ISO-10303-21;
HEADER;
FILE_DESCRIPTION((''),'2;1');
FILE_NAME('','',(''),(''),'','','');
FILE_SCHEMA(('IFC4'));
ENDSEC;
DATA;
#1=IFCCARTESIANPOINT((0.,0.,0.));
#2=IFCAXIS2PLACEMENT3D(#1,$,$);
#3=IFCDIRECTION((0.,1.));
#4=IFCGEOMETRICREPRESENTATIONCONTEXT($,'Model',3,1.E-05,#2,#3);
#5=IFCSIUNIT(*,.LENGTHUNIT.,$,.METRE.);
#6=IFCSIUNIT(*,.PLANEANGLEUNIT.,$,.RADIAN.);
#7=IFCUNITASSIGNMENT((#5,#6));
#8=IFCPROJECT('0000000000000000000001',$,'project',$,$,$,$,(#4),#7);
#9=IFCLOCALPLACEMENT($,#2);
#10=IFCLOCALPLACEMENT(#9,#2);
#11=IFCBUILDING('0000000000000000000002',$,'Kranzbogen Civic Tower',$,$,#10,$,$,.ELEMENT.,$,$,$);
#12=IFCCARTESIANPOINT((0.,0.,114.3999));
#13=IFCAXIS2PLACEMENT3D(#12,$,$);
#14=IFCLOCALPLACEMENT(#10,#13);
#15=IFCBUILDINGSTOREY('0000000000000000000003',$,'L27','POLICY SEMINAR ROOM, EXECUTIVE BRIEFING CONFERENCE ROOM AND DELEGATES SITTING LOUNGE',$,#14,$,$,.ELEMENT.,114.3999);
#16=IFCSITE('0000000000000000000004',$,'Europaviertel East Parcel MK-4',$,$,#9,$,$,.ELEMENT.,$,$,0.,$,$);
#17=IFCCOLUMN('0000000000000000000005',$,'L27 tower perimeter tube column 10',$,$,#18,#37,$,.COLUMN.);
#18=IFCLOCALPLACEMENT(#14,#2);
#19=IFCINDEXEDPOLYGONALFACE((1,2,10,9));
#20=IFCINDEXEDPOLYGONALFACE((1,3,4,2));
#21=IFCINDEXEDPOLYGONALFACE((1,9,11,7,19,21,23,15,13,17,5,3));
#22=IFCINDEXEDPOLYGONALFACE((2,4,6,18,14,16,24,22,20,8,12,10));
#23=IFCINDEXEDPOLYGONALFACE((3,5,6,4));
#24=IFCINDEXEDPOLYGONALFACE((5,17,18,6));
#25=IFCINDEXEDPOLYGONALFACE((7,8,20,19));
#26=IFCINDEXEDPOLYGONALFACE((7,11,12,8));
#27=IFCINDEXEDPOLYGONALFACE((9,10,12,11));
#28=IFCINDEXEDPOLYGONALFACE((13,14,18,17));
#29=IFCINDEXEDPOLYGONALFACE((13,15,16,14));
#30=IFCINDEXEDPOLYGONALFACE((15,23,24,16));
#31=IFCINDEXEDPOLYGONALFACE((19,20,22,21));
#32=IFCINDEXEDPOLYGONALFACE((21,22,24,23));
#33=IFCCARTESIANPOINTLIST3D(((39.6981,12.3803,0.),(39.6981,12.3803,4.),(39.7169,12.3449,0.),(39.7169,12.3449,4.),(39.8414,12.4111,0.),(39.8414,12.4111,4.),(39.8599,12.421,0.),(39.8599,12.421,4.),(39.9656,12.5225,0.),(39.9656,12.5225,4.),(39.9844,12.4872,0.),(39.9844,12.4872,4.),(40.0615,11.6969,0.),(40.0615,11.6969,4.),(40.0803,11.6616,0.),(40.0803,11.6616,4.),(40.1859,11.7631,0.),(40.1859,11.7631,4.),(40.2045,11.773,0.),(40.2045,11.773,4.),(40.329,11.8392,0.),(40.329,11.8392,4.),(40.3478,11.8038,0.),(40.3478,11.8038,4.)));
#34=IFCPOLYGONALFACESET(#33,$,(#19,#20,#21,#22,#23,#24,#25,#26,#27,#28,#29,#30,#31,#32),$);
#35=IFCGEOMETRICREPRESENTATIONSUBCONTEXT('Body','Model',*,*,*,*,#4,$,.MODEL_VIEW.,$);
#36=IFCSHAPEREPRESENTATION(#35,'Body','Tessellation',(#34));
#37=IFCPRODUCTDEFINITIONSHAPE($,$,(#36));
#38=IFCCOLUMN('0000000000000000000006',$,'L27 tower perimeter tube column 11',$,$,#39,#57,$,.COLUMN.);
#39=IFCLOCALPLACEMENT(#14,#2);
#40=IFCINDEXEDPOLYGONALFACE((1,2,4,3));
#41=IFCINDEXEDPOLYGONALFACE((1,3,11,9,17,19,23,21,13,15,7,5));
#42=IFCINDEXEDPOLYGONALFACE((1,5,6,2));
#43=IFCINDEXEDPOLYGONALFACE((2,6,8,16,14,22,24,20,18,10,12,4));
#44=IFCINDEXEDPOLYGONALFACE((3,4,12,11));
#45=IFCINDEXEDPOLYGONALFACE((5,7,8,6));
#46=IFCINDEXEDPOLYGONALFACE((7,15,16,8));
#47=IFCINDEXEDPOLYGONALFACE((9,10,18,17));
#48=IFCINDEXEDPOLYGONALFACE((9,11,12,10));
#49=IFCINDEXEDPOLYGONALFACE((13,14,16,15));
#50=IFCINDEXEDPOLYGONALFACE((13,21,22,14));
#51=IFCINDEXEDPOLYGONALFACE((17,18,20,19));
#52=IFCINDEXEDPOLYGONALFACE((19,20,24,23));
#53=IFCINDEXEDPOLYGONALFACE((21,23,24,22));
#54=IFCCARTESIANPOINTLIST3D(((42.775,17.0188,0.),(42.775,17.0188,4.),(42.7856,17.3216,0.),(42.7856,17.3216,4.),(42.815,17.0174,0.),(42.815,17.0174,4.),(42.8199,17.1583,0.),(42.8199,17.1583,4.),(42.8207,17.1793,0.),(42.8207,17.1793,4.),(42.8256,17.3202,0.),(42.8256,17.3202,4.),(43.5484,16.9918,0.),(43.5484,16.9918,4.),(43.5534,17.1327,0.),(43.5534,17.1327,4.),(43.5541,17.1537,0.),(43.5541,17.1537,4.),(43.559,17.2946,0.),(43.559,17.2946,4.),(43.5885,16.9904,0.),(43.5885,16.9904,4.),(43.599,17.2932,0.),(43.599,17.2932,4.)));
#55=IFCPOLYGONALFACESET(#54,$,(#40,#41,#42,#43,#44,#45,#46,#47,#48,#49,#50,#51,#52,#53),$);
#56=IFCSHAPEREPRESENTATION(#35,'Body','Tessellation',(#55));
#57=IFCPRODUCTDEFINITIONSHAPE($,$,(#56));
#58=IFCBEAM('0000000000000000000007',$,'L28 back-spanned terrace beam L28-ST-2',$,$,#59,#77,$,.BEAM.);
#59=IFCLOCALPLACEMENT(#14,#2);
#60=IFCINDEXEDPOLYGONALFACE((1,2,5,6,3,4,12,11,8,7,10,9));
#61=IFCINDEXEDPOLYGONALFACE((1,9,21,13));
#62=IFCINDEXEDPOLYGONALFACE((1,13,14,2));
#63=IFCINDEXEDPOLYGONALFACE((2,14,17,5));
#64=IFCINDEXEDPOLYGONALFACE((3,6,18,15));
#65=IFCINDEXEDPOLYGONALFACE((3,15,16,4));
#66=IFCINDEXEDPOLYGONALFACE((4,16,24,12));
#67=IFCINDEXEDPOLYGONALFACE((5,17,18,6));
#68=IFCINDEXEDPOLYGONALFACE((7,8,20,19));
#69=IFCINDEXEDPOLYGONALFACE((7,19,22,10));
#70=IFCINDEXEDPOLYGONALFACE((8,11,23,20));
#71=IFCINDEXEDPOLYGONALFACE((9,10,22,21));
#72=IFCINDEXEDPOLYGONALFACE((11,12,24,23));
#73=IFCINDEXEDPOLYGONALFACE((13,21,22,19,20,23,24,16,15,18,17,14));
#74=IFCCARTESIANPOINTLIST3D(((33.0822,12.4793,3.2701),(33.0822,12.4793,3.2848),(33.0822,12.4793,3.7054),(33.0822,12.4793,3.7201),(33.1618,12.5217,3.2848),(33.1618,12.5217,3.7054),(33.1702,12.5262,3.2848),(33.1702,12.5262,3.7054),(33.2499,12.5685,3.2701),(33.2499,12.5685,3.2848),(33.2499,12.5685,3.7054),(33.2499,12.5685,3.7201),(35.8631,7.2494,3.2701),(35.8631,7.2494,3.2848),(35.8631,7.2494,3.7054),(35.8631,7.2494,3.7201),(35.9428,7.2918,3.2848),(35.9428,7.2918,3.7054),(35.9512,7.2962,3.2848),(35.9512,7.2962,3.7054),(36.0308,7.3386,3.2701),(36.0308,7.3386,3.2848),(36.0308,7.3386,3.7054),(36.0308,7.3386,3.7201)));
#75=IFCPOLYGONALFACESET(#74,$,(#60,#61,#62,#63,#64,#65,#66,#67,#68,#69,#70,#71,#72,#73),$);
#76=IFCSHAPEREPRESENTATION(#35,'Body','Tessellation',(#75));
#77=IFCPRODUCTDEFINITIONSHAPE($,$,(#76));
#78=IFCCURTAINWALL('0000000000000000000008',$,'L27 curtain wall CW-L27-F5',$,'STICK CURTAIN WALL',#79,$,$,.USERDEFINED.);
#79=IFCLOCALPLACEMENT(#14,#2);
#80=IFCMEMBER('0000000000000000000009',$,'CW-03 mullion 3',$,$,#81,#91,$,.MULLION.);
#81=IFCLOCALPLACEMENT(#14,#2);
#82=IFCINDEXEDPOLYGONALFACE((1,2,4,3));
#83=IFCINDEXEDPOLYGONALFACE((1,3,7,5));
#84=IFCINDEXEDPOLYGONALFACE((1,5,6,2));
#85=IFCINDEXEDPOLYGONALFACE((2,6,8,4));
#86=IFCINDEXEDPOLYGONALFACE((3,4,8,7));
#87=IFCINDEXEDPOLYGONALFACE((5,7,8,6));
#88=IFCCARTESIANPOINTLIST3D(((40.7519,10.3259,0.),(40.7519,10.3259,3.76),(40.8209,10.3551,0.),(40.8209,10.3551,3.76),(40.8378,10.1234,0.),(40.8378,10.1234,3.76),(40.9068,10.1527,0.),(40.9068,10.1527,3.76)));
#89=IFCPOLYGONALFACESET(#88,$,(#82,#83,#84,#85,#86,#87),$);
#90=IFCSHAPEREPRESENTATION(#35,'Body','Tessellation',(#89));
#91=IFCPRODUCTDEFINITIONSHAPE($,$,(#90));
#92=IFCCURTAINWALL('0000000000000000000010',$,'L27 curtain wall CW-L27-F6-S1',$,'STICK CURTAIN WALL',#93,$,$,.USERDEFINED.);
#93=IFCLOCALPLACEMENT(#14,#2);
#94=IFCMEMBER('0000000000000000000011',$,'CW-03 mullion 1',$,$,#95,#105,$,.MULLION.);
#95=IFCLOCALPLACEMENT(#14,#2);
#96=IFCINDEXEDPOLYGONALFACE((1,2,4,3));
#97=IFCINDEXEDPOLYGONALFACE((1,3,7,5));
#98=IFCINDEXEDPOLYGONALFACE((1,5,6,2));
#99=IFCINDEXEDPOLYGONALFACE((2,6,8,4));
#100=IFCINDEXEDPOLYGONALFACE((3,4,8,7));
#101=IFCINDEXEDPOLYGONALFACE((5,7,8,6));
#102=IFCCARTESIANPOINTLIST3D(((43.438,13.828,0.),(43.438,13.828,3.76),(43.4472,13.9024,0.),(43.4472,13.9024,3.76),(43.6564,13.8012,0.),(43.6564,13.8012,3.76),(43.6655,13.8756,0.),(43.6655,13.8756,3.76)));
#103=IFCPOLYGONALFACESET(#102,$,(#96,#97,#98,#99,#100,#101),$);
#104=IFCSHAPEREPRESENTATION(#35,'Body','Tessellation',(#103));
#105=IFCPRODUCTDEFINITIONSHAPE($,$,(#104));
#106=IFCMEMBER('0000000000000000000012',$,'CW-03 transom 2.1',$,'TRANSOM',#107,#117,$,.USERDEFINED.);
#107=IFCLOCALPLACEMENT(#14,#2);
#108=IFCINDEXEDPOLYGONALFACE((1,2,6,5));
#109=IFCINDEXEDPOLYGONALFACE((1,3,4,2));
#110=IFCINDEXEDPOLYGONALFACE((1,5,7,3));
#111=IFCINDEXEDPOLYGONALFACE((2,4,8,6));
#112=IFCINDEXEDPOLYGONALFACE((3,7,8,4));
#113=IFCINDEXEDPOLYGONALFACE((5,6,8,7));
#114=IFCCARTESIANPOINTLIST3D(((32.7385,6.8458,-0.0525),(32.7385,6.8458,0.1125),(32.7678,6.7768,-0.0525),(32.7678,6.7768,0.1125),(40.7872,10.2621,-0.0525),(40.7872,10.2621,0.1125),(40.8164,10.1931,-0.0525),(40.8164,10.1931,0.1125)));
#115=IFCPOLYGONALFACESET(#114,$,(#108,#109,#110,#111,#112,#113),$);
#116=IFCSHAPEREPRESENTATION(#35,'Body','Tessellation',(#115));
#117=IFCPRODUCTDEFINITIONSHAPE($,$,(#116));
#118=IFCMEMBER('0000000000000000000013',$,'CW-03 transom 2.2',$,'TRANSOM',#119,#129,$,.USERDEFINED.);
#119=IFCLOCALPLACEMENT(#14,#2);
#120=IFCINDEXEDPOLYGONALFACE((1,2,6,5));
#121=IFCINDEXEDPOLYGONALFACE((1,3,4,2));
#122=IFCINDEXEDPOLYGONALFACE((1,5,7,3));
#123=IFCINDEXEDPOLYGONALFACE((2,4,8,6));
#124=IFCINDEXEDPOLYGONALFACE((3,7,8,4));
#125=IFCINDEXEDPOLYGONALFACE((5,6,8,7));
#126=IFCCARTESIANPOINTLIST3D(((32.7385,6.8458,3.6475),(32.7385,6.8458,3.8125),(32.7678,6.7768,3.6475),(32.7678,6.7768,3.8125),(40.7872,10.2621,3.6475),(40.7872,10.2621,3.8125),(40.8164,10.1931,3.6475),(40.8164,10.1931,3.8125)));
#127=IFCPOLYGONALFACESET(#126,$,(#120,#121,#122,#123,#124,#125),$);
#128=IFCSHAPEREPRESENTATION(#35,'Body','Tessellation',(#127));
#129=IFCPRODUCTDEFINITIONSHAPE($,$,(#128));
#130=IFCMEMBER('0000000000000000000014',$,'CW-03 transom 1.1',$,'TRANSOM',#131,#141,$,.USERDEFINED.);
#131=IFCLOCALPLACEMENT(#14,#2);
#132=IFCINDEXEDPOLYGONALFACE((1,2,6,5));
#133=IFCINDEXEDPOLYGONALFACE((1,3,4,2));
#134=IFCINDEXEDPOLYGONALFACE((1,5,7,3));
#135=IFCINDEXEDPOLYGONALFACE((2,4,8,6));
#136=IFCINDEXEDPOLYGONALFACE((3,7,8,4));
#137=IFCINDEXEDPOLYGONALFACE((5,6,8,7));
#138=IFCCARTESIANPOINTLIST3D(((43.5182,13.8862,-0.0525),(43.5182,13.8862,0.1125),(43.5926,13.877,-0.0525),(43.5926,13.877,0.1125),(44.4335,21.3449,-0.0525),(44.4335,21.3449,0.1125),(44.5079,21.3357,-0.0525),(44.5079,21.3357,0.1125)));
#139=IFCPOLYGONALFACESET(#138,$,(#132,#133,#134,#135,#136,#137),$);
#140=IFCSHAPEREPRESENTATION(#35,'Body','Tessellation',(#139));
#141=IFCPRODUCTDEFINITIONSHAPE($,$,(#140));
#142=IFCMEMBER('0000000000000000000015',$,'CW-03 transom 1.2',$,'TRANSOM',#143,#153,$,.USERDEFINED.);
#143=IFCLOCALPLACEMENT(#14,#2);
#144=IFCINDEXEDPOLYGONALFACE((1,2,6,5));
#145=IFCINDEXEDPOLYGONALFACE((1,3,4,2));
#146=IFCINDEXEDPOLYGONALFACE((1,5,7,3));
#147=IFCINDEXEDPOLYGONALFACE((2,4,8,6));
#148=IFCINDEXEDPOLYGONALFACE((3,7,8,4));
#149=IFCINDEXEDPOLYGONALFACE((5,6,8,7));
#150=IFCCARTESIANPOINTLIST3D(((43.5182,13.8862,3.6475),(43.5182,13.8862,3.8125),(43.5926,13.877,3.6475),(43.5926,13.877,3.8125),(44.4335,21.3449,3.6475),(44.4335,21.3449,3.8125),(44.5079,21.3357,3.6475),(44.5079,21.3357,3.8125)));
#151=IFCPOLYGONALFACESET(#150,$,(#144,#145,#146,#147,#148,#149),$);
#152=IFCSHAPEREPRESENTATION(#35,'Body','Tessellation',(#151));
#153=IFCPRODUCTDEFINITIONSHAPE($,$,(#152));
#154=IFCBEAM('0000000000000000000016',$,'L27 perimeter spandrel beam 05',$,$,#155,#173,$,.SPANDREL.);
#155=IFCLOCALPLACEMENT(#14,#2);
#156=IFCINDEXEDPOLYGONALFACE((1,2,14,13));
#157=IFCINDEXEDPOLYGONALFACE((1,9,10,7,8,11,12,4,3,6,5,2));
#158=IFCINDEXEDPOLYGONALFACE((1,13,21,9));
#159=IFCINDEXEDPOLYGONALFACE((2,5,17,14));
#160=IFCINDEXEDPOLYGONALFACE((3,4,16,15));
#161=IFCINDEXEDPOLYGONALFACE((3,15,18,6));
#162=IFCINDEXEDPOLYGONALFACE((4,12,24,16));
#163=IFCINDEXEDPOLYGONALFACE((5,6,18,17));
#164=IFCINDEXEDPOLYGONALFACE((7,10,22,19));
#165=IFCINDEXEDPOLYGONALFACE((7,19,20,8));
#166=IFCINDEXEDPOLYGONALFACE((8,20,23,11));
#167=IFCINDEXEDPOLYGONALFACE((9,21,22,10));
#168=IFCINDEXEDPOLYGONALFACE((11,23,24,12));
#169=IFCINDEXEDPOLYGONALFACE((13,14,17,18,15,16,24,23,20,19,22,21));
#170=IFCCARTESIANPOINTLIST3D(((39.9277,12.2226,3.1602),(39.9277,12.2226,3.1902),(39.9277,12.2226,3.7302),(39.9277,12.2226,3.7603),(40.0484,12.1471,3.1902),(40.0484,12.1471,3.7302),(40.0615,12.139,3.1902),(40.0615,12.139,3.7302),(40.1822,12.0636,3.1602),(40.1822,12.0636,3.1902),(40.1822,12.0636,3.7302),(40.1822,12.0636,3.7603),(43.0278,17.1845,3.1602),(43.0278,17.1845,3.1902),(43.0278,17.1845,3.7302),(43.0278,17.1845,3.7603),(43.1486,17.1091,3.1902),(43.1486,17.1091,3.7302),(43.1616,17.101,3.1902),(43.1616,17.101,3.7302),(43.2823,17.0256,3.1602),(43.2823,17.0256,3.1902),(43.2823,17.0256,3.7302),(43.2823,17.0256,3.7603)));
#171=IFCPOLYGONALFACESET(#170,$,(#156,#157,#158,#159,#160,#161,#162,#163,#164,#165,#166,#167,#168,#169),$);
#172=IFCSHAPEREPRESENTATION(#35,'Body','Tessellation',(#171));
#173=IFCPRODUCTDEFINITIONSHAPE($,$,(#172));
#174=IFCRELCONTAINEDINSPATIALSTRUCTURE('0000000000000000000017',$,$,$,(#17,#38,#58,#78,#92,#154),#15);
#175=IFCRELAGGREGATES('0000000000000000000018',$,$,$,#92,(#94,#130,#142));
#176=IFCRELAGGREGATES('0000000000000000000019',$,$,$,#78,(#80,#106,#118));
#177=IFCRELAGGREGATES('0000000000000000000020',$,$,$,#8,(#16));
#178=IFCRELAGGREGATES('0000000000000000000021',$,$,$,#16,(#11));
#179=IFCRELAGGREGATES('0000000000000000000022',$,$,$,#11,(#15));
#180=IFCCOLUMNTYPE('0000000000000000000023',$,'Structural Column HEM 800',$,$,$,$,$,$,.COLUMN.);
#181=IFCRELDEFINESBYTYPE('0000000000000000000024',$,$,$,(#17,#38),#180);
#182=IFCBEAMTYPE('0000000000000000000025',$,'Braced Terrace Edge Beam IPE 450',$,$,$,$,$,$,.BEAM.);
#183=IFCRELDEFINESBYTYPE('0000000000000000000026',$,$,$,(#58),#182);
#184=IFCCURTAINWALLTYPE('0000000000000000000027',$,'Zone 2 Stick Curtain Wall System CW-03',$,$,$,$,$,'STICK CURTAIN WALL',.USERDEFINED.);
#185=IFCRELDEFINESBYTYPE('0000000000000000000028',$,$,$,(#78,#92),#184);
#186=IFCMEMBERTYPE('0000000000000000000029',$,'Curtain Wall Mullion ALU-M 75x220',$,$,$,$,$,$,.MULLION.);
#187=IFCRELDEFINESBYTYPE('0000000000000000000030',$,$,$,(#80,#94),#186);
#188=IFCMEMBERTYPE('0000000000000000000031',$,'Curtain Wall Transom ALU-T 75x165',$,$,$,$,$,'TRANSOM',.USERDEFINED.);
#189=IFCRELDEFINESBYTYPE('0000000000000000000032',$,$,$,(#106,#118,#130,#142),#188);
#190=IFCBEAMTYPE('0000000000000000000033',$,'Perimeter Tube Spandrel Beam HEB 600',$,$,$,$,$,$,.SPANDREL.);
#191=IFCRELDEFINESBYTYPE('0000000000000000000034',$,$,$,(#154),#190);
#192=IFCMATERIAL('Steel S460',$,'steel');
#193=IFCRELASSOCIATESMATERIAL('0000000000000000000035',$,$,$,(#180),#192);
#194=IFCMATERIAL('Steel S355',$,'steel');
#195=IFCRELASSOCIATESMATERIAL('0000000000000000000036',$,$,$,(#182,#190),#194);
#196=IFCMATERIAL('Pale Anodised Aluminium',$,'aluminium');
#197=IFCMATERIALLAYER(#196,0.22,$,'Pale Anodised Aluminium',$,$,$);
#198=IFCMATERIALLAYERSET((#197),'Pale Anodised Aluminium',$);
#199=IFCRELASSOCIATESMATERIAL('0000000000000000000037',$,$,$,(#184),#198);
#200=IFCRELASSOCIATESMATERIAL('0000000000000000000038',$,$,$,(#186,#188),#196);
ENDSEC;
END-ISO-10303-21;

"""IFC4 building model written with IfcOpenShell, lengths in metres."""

from ifc_helpers import new_model, si_unit, direction, frame, origin, origin_2d, place, context, subcontext, project, spatial, rectangle, i_section, extrude, material, layer, layer_set, material_profile, profile_set, type_object, element, aggregate, save


model = new_model("IFC4")

# Units and contexts
model_context = context("Model", 3, precision=1e-05, world=origin(), true_north=direction((0.0, 1.0)))
body_context = subcontext(model_context, "Body", "Model", "MODEL_VIEW")
ifc_project = project(units=[si_unit("LENGTHUNIT", "METRE"), si_unit("PLANEANGLEUNIT", "RADIAN")], contexts=[model_context])

# Site, building, storey
site_placement = place(None, origin())
site = spatial("IfcSite", under=ifc_project, at=site_placement, Name="Europaviertel East Parcel MK-4", CompositionType="ELEMENT", RefElevation=0.0)
building_placement = place(site_placement, origin())
building = spatial("IfcBuilding", under=site, at=building_placement, Name="Kranzbogen Civic Tower", CompositionType="ELEMENT")
storey_placement = place(building_placement, frame((0.0, 0.0, 114.3999)))
storey = spatial("IfcBuildingStorey", under=building, at=storey_placement, Name="L27", Description="POLICY SEMINAR ROOM, EXECUTIVE BRIEFING CONFERENCE ROOM AND DELEGATES SITTING LOUNGE", CompositionType="ELEMENT", Elevation=114.3999)

# Columns
ifc_material_1 = material(Name="Steel S460", Category="steel")
ifc_material_profile_1 = material_profile(ifc_material_1, i_section(OverallWidth=0.303, OverallDepth=0.814, WebThickness=0.021, FlangeThickness=0.04, at=origin_2d()), Name="HEM 800")
ifc_profile_set_1 = profile_set([ifc_material_profile_1], Name="Steel S460")
column_type = type_object("IfcColumnType", Name="Structural Column HEM 800", PredefinedType="COLUMN", material=ifc_profile_set_1)
for number, where, z_axis, x_axis, name in (
    (1, (40.0229, 12.092, 0.0), (0.0, 0.0, 1.0), (0.882948, 0.469472, 0.0), "L27 tower perimeter tube column 10"),
    (2, (43.187, 17.156, 0.0), (0.0, 0.0, 1.0), (0.034899, 0.999391, 0.0), "L27 tower perimeter tube column 11"),
):
    element("IfcColumn", number, at=place(storey_placement, frame(where, z_axis=z_axis, x_axis=x_axis)), inside=storey, type_object=column_type, Name=name, PredefinedType="COLUMN", context=body_context, shape_type="SweptSolid", body=[
        extrude(i_section(OverallWidth=0.303, OverallDepth=0.814, WebThickness=0.021, FlangeThickness=0.04, at=origin_2d()), origin(), (0.0, 0.0, 1.0), 4.0),
    ])

# Beam
ifc_material_2 = material(Name="Steel S355", Category="steel")
ifc_material_profile_2 = material_profile(ifc_material_2, i_section(OverallWidth=0.1899, OverallDepth=0.45, WebThickness=0.0095, FlangeThickness=0.0146, at=origin_2d()), Name="IPE 450")
ifc_profile_set_2 = profile_set([ifc_material_profile_2], Name="Steel S355")
beam_type_1 = type_object("IfcBeamType", Name="Braced Terrace Edge Beam IPE 450", PredefinedType="BEAM", material=ifc_profile_set_2)
beam_1_placement = place(storey_placement, frame((33.166, 12.5239, 3.4951), z_axis=(0.469495, -0.882935, 0.0), x_axis=(0.882935, 0.469495, 0.0)))
element("IfcBeam", 3, at=beam_1_placement, inside=storey, type_object=beam_type_1, Name="L28 back-spanned terrace beam L28-ST-2", PredefinedType="BEAM", context=body_context, shape_type="SweptSolid", body=[
    extrude(i_section(OverallWidth=0.1899, OverallDepth=0.45, WebThickness=0.0095, FlangeThickness=0.0146, at=origin_2d()), origin(), (0.0, 0.0, 1.0), 5.9233),
])

# Curtain walls, members
ifc_material_3 = material(Name="Pale Anodised Aluminium", Category="aluminium")
ifc_layer_1 = layer(ifc_material_3, 0.22, Name="Pale Anodised Aluminium")
ifc_layer_set_1 = layer_set([ifc_layer_1], Name="Pale Anodised Aluminium")
curtain_wall_type = type_object("IfcCurtainWallType", Name="Zone 2 Stick Curtain Wall System CW-03", ElementType="STICK CURTAIN WALL", PredefinedType="USERDEFINED", material=ifc_layer_set_1)
curtain_wall_1_placement = place(storey_placement, origin())
curtain_wall_1 = element("IfcCurtainWall", 4, at=curtain_wall_1_placement, inside=storey, type_object=curtain_wall_type, Name="L27 curtain wall CW-L27-F5", ObjectType="STICK CURTAIN WALL", PredefinedType="USERDEFINED")
ifc_material_profile_3 = material_profile(ifc_material_3, rectangle(XDim=0.075, YDim=0.22, at=origin_2d()), Name="ALU-M 75x220")
ifc_profile_set_3 = profile_set([ifc_material_profile_3], Name="Pale Anodised Aluminium")
member_type_1 = type_object("IfcMemberType", Name="Curtain Wall Mullion ALU-M 75x220", PredefinedType="MULLION", material=ifc_profile_set_3)
member_1_placement = place(storey_placement, frame((40.8293, 10.2393, 0.0), z_axis=(0.0, 0.0, 1.0), x_axis=(0.92051, 0.39072, 0.0)))
member_1 = element("IfcMember", 5, at=member_1_placement, type_object=member_type_1, Name="CW-03 mullion 3", PredefinedType="MULLION", context=body_context, shape_type="SweptSolid", body=[
    extrude(rectangle(XDim=0.075, YDim=0.22, at=origin_2d()), origin(), (0.0, 0.0, 1.0), 3.76),
])
curtain_wall_2_placement = place(storey_placement, origin())
curtain_wall_2 = element("IfcCurtainWall", 6, at=curtain_wall_2_placement, inside=storey, type_object=curtain_wall_type, Name="L27 curtain wall CW-L27-F6-S1", ObjectType="STICK CURTAIN WALL", PredefinedType="USERDEFINED")
member_2_placement = place(storey_placement, frame((43.5518, 13.8518, 0.0), z_axis=(0.0, 0.0, 1.0), x_axis=(0.12181, 0.992553, 0.0)))
member_2 = element("IfcMember", 7, at=member_2_placement, type_object=member_type_1, Name="CW-03 mullion 1", PredefinedType="MULLION", context=body_context, shape_type="SweptSolid", body=[
    extrude(rectangle(XDim=0.075, YDim=0.22, at=origin_2d()), origin(), (0.0, 0.0, 1.0), 3.76),
])

# Members
ifc_material_profile_4 = material_profile(ifc_material_3, rectangle(XDim=0.075, YDim=0.165, at=origin_2d()), Name="ALU-T 75x165")
ifc_profile_set_4 = profile_set([ifc_material_profile_4], Name="Pale Anodised Aluminium")
member_type_2 = type_object("IfcMemberType", Name="Curtain Wall Transom ALU-T 75x165", ElementType="TRANSOM", PredefinedType="USERDEFINED", material=ifc_profile_set_4)
member_3_placement = place(storey_placement, frame((32.7532, 6.8113, 0.03), z_axis=(0.920511, 0.390715, 0.0), x_axis=(-0.390715, 0.920511, 0.0)))
member_3 = element("IfcMember", 8, at=member_3_placement, type_object=member_type_2, Name="CW-03 transom 2.1", ObjectType="TRANSOM", PredefinedType="USERDEFINED", context=body_context, shape_type="SweptSolid", body=[
    extrude(rectangle(XDim=0.075, YDim=0.165, at=origin_2d()), origin(), (0.0, 0.0, 1.0), 8.7437),
])
member_4_placement = place(storey_placement, frame((32.7532, 6.8113, 3.73), z_axis=(0.920511, 0.390715, 0.0), x_axis=(-0.390715, 0.920511, 0.0)))
member_4 = element("IfcMember", 9, at=member_4_placement, type_object=member_type_2, Name="CW-03 transom 2.2", ObjectType="TRANSOM", PredefinedType="USERDEFINED", context=body_context, shape_type="SweptSolid", body=[
    extrude(rectangle(XDim=0.075, YDim=0.165, at=origin_2d()), origin(), (0.0, 0.0, 1.0), 8.7437),
])
member_5_placement = place(storey_placement, frame((43.5554, 13.8816, 0.03), z_axis=(0.121799, 0.992555, 0.0), x_axis=(-0.992555, 0.121799, 0.0)))
member_5 = element("IfcMember", 10, at=member_5_placement, type_object=member_type_2, Name="CW-03 transom 1.1", ObjectType="TRANSOM", PredefinedType="USERDEFINED", context=body_context, shape_type="SweptSolid", body=[
    extrude(rectangle(XDim=0.075, YDim=0.165, at=origin_2d()), origin(), (0.0, 0.0, 1.0), 7.5146),
])
member_6_placement = place(storey_placement, frame((43.5554, 13.8816, 3.73), z_axis=(0.121799, 0.992555, 0.0), x_axis=(-0.992555, 0.121799, 0.0)))
member_6 = element("IfcMember", 11, at=member_6_placement, type_object=member_type_2, Name="CW-03 transom 1.2", ObjectType="TRANSOM", PredefinedType="USERDEFINED", context=body_context, shape_type="SweptSolid", body=[
    extrude(rectangle(XDim=0.075, YDim=0.165, at=origin_2d()), origin(), (0.0, 0.0, 1.0), 7.5146),
])
aggregate(curtain_wall_2, [member_2, member_5, member_6])

# Beam
ifc_material_profile_5 = material_profile(ifc_material_2, i_section(OverallWidth=0.3, OverallDepth=0.6001, WebThickness=0.0154, FlangeThickness=0.03, at=origin_2d()), Name="HEB 600")
ifc_profile_set_5 = profile_set([ifc_material_profile_5], Name="Steel S355")
beam_type_2 = type_object("IfcBeamType", Name="Perimeter Tube Spandrel Beam HEB 600", PredefinedType="SPANDREL", material=ifc_profile_set_5)
beam_2_placement = place(storey_placement, frame((40.0549, 12.1431, 3.4602), z_axis=(0.529864, 0.848083, 0.0), x_axis=(-0.848083, 0.529864, 0.0)))
element("IfcBeam", 12, at=beam_2_placement, inside=storey, type_object=beam_type_2, Name="L27 perimeter spandrel beam 05", PredefinedType="SPANDREL", context=body_context, shape_type="SweptSolid", body=[
    extrude(i_section(OverallWidth=0.3, OverallDepth=0.6001, WebThickness=0.0154, FlangeThickness=0.03, at=origin_2d()), origin(), (0.0, 0.0, 1.0), 5.8508),
])

aggregate(curtain_wall_1, [member_1, member_3, member_4])

save(model, "model.ifc")
